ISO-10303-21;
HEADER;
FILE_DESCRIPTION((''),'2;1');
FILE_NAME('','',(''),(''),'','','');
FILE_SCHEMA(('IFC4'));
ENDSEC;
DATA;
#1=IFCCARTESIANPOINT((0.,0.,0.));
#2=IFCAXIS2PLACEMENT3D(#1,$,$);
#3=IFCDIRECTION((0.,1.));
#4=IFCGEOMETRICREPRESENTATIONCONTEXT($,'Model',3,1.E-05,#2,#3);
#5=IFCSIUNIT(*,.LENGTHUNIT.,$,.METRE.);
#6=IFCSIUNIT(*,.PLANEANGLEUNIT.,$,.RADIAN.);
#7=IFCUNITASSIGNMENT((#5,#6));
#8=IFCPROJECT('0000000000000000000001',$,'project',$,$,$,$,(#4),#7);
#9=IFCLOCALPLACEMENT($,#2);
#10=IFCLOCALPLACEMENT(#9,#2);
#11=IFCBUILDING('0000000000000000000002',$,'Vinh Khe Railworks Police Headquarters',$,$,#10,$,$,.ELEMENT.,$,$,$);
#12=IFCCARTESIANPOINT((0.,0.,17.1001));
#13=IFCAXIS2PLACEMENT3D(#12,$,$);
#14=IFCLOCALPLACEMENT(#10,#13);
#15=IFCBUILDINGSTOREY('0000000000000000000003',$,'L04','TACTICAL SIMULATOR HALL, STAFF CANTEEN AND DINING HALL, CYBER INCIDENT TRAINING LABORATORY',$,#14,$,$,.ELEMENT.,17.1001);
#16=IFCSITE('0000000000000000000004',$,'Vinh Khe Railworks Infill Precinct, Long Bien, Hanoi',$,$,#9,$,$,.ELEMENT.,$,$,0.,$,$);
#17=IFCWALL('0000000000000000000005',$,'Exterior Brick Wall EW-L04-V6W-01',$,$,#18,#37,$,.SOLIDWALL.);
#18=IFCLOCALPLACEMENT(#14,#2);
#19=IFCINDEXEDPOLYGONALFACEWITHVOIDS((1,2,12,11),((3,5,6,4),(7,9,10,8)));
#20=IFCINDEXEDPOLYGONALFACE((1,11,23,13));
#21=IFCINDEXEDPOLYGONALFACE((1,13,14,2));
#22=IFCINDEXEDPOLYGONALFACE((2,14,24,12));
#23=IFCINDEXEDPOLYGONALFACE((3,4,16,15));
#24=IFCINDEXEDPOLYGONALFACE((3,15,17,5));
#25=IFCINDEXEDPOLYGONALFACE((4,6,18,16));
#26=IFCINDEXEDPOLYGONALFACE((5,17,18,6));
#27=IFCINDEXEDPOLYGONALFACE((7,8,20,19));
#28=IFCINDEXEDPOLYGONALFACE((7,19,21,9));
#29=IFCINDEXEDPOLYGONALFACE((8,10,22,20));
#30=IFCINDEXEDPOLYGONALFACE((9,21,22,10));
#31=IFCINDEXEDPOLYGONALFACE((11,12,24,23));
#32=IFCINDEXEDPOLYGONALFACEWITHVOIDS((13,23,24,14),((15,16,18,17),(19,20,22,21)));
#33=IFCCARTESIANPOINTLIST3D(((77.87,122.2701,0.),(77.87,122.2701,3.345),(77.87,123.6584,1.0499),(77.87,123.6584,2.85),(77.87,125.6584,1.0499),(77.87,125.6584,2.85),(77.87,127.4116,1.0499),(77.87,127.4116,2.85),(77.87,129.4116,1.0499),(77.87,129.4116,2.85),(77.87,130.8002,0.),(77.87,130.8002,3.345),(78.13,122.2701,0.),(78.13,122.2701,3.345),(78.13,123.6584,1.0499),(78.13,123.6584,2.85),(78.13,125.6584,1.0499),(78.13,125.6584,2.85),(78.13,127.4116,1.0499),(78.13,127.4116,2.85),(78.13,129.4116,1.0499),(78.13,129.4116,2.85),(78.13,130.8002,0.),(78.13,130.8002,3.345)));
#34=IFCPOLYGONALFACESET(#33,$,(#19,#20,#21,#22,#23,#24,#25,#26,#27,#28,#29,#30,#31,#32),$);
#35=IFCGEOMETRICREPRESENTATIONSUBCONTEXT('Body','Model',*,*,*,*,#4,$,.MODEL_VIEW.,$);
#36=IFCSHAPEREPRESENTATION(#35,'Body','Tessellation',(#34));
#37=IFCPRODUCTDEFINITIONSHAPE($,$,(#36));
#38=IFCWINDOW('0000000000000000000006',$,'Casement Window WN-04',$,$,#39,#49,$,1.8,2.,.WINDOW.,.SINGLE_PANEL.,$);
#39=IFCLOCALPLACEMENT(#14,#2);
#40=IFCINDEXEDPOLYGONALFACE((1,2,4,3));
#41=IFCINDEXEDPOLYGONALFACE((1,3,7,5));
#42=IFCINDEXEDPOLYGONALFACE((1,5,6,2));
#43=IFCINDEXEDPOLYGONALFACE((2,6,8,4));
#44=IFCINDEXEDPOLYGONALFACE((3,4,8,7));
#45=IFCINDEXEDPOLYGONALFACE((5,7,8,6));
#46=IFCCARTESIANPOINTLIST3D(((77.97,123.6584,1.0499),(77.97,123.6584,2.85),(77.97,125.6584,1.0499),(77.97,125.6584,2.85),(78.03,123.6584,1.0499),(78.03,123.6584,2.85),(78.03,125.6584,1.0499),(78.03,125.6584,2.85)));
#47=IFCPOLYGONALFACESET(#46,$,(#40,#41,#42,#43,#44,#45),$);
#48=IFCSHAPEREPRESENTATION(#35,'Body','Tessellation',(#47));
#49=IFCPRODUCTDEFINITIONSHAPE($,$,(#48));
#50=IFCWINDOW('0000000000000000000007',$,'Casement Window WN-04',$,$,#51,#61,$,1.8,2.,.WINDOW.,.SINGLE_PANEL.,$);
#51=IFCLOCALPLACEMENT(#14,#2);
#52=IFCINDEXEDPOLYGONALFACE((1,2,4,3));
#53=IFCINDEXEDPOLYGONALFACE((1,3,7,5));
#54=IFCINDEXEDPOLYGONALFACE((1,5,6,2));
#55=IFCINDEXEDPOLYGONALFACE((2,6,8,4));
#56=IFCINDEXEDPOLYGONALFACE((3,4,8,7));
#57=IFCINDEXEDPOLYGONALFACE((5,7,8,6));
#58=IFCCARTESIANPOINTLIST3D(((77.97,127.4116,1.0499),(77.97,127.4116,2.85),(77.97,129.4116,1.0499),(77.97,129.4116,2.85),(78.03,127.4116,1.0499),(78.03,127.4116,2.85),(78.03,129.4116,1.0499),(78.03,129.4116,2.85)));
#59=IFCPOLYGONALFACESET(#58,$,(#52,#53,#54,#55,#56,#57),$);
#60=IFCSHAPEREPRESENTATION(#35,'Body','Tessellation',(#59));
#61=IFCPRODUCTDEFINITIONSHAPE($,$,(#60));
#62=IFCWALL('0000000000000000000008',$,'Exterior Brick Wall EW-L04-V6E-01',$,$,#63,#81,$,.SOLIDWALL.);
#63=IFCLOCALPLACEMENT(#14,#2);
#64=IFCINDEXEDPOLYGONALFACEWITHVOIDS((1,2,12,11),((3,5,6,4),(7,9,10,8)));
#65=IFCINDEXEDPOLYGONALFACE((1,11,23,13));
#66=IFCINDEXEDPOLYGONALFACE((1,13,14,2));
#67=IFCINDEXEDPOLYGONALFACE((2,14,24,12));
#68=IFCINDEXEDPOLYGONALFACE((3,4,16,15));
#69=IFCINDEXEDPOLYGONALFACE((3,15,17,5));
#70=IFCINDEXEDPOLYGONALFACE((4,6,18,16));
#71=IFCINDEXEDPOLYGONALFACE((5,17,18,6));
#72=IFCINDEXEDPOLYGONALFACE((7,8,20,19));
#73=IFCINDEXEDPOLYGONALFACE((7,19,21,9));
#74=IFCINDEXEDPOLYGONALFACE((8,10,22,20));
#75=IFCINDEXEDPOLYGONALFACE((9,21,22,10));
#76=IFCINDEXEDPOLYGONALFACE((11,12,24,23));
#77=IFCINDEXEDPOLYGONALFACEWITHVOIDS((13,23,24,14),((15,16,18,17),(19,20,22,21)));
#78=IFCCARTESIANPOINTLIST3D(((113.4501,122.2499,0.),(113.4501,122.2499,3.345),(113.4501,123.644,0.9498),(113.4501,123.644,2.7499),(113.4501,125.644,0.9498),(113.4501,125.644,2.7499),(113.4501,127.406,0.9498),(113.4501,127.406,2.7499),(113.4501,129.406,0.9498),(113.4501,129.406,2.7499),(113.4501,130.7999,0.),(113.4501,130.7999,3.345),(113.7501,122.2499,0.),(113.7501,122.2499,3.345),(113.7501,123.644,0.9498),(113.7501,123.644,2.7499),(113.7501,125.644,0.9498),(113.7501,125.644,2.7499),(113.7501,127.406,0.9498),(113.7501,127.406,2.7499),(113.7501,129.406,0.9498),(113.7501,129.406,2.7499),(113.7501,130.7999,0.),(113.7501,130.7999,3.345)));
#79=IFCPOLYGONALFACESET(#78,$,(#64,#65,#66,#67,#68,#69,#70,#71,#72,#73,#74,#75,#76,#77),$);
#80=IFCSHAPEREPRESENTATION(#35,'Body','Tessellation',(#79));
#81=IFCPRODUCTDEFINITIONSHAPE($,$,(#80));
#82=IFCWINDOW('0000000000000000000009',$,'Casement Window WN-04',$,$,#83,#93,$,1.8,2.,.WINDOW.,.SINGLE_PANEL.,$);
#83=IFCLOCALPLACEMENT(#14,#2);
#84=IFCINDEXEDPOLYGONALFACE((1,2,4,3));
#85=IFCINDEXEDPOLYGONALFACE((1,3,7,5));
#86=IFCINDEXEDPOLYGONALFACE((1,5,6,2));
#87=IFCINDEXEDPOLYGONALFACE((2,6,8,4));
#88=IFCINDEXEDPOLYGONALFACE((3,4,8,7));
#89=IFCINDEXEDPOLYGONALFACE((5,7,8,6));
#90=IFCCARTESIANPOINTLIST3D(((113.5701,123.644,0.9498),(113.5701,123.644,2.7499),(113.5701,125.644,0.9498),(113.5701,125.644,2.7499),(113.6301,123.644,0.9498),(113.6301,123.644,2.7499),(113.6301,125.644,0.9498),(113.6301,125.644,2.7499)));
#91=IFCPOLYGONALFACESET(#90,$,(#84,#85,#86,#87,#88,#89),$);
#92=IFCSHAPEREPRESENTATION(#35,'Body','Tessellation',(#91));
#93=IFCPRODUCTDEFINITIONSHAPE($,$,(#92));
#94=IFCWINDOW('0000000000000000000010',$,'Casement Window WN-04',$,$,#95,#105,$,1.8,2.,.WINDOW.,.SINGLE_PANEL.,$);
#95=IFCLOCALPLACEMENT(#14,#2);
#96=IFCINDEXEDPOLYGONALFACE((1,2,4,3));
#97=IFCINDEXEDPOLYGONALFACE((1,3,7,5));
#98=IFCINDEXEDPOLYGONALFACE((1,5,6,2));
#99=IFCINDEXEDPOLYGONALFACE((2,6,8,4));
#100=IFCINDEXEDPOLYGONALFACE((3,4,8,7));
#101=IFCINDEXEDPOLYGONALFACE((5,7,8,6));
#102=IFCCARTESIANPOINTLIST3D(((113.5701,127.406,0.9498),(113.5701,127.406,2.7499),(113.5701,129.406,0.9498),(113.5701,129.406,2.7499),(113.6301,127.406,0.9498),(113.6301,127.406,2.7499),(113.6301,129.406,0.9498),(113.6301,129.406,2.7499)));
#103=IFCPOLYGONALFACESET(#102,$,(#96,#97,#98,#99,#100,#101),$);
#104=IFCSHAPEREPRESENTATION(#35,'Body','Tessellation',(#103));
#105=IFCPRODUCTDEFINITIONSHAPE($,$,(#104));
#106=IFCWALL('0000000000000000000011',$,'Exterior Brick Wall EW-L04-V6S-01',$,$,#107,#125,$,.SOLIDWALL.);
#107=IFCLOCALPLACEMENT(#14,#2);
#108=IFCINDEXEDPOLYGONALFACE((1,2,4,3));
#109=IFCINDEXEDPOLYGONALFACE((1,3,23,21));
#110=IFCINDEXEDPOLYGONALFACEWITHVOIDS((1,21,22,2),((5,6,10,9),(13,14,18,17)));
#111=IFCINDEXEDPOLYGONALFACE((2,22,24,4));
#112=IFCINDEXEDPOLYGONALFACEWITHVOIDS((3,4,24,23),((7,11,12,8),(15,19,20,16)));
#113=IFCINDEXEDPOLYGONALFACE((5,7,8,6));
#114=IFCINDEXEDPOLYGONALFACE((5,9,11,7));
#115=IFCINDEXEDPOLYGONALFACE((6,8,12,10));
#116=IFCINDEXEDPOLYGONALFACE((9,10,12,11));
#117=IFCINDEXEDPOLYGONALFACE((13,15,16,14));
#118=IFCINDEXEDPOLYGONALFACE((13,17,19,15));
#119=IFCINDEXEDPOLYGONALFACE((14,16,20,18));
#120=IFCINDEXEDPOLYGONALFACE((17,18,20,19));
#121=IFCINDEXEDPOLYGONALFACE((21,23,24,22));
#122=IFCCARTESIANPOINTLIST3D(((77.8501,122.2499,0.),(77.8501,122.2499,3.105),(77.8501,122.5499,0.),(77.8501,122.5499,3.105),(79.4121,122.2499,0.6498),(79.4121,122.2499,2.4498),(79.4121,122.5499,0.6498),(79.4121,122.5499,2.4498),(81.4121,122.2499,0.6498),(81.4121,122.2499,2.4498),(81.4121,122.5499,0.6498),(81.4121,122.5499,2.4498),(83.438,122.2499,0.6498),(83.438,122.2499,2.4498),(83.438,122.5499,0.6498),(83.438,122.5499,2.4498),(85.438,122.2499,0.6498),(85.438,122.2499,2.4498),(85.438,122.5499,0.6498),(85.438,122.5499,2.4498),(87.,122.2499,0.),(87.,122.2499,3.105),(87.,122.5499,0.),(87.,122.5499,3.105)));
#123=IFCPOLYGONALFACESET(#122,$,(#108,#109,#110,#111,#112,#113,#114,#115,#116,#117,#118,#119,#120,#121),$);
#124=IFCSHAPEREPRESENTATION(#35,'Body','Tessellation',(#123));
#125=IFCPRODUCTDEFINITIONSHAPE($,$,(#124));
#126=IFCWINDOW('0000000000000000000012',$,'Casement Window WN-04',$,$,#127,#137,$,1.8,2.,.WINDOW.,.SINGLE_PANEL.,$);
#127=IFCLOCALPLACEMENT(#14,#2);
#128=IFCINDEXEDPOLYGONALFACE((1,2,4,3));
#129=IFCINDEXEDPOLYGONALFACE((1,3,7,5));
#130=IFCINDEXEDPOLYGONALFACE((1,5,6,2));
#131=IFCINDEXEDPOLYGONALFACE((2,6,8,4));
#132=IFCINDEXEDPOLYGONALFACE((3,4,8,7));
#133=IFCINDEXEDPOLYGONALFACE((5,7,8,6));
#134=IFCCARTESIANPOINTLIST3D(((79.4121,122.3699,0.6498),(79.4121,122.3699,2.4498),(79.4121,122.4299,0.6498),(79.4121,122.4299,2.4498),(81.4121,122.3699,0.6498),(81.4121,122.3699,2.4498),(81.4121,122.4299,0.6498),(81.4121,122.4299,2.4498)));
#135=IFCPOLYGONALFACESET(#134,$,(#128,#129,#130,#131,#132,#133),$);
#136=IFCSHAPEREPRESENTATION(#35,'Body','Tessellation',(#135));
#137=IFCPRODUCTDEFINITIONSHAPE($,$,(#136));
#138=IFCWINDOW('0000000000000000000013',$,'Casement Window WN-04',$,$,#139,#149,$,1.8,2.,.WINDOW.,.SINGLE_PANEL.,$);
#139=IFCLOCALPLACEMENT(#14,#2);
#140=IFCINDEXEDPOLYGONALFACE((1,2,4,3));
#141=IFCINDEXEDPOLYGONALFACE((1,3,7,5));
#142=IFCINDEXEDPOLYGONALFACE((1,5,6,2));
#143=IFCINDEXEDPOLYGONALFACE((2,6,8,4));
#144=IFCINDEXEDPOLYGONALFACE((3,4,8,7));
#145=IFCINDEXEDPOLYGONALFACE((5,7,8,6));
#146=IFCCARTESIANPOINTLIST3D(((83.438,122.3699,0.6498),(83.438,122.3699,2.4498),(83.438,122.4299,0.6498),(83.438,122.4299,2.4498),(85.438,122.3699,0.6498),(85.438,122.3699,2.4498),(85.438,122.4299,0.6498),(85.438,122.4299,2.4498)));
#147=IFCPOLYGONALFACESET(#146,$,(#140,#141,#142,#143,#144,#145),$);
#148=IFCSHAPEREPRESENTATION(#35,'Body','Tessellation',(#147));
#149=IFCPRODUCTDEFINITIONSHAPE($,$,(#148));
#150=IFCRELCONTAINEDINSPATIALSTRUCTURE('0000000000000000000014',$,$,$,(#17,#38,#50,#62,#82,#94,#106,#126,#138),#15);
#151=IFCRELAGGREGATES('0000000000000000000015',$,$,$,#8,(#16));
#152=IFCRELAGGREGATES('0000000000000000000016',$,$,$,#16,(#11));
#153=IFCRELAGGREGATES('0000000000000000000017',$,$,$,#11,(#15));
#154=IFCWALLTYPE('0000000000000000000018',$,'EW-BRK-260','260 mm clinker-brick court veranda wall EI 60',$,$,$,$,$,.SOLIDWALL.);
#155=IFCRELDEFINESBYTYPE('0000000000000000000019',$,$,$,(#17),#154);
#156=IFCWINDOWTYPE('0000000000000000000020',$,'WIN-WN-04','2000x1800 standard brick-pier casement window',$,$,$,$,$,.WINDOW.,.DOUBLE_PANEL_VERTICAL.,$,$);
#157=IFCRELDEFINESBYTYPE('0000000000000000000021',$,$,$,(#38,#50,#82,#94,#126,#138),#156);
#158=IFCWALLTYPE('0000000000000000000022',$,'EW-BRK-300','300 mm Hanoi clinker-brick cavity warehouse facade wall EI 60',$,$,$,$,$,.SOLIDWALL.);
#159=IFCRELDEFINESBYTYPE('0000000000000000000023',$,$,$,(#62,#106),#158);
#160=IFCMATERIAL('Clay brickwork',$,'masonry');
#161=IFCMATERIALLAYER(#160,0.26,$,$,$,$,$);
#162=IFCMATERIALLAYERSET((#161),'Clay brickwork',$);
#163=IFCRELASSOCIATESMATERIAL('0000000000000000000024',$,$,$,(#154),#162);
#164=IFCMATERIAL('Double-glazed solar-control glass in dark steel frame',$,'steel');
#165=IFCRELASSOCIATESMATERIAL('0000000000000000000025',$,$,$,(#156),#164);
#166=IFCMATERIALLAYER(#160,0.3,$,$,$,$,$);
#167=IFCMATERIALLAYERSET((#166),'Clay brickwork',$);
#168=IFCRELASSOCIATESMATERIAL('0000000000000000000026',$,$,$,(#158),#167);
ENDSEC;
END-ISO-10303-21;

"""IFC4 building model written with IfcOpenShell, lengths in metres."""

from ifc_helpers import new_model, si_unit, direction, frame, frame_2d, origin, place, context, subcontext, project, spatial, rectangle, extrude, material, layer, layer_set, type_object, element, fill, save


model = new_model("IFC4")

# Units and contexts
model_context = context("Model", 3, precision=1e-05, world=origin(), true_north=direction((0.0, 1.0)))
body_context = subcontext(model_context, "Body", "Model", "MODEL_VIEW")
ifc_project = project(units=[si_unit("LENGTHUNIT", "METRE"), si_unit("PLANEANGLEUNIT", "RADIAN")], contexts=[model_context])

# Site, building, storey
site_placement = place(None, origin())
site = spatial("IfcSite", under=ifc_project, at=site_placement, Name="Vinh Khe Railworks Infill Precinct, Long Bien, Hanoi", CompositionType="ELEMENT", RefElevation=0.0)
building_placement = place(site_placement, origin())
building = spatial("IfcBuilding", under=site, at=building_placement, Name="Vinh Khe Railworks Police Headquarters", CompositionType="ELEMENT")
storey_placement = place(building_placement, frame((0.0, 0.0, 17.1001)))
storey = spatial("IfcBuildingStorey", under=building, at=storey_placement, Name="L04", Description="TACTICAL SIMULATOR HALL, STAFF CANTEEN AND DINING HALL, CYBER INCIDENT TRAINING LABORATORY", CompositionType="ELEMENT", Elevation=17.1001)

# Walls, openings, windows
ifc_material_1 = material(Name="Clay brickwork", Category="masonry")
ifc_layer_1 = layer(ifc_material_1, 0.26)
ifc_layer_set_1 = layer_set([ifc_layer_1], Name="Clay brickwork")
wall_type_1 = type_object("IfcWallType", Name="EW-BRK-260", Description="260 mm clinker-brick court veranda wall EI 60", PredefinedType="SOLIDWALL", material=ifc_layer_set_1)
wall_1_placement = place(storey_placement, frame((78.0, 122.27, 0.0), z_axis=(0.0, 0.0, 1.0), x_axis=(0.0, 1.0, 0.0)))
wall_1 = element("IfcWall", 1, at=wall_1_placement, inside=storey, type_object=wall_type_1, Name="Exterior Brick Wall EW-L04-V6W-01", PredefinedType="SOLIDWALL", context=body_context, shape_type="SweptSolid", body=[
    extrude(rectangle(XDim=8.53, YDim=0.26, at=frame_2d((4.2651, 0.0))), origin(), (0.0, 0.0, 1.0), 3.345),
])
opening_1_placement = place(wall_1_placement, frame((1.3884, 0.0, 1.05)))
opening_1 = element("IfcOpeningElement", 2, at=opening_1_placement, cuts=wall_1, PredefinedType="OPENING", context=body_context, shape_type="SweptSolid", body=[
    extrude(rectangle(XDim=2.0, YDim=1.8, at=frame_2d((1.0, 0.8999))), frame((0.0, 0.145, 0.0), z_axis=(0.0, -1.0, 0.0), x_axis=(1.0, 0.0, 0.0)), (0.0, 0.0, 1.0), 0.2898),
])
opening_2_placement = place(wall_1_placement, frame((5.1416, 0.0, 1.05)))
opening_2 = element("IfcOpeningElement", 3, at=opening_2_placement, cuts=wall_1, PredefinedType="OPENING", context=body_context, shape_type="SweptSolid", body=[
    extrude(rectangle(XDim=2.0, YDim=1.8, at=frame_2d((1.0, 0.8999))), frame((0.0, 0.145, 0.0), z_axis=(0.0, -1.0, 0.0), x_axis=(1.0, 0.0, 0.0)), (0.0, 0.0, 1.0), 0.2898),
])
ifc_material_2 = material(Name="Double-glazed solar-control glass in dark steel frame", Category="steel")
window_type = type_object("IfcWindowType", Name="WIN-WN-04", Description="2000x1800 standard brick-pier casement window", PartitioningType="DOUBLE_PANEL_VERTICAL", PredefinedType="WINDOW", material=ifc_material_2)
window_1_placement = place(opening_1_placement, origin())
window_1 = element("IfcWindow", 4, at=window_1_placement, inside=storey, type_object=window_type, Name="Casement Window WN-04", OverallHeight=1.8, OverallWidth=2.0, PartitioningType="SINGLE_PANEL", PredefinedType="WINDOW", context=body_context, shape_type="SweptSolid", body=[
    extrude(rectangle(XDim=2.0, YDim=1.8, at=frame_2d((1.0, 0.8999))), frame((0.0, 0.03, 0.0), z_axis=(0.0, -1.0, 0.0), x_axis=(1.0, 0.0, 0.0)), (0.0, 0.0, 1.0), 0.0601),
])
fill(opening_1, window_1)
window_2_placement = place(opening_2_placement, origin())
window_2 = element("IfcWindow", 5, at=window_2_placement, inside=storey, type_object=window_type, Name="Casement Window WN-04", OverallHeight=1.8, OverallWidth=2.0, PartitioningType="SINGLE_PANEL", PredefinedType="WINDOW", context=body_context, shape_type="SweptSolid", body=[
    extrude(rectangle(XDim=2.0, YDim=1.8, at=frame_2d((1.0, 0.8999))), frame((0.0, 0.03, 0.0), z_axis=(0.0, -1.0, 0.0), x_axis=(1.0, 0.0, 0.0)), (0.0, 0.0, 1.0), 0.0601),
])
fill(opening_2, window_2)
ifc_layer_2 = layer(ifc_material_1, 0.3)
ifc_layer_set_2 = layer_set([ifc_layer_2], Name="Clay brickwork")
wall_type_2 = type_object("IfcWallType", Name="EW-BRK-300", Description="300 mm Hanoi clinker-brick cavity warehouse facade wall EI 60", PredefinedType="SOLIDWALL", material=ifc_layer_set_2)
wall_2_placement = place(storey_placement, frame((113.6001, 122.25, 0.0), z_axis=(0.0, 0.0, 1.0), x_axis=(0.0, 1.0, 0.0)))
wall_2 = element("IfcWall", 6, at=wall_2_placement, inside=storey, type_object=wall_type_2, Name="Exterior Brick Wall EW-L04-V6E-01", PredefinedType="SOLIDWALL", context=body_context, shape_type="SweptSolid", body=[
    extrude(rectangle(XDim=8.55, YDim=0.3, at=frame_2d((4.2749, 0.0))), origin(), (0.0, 0.0, 1.0), 3.345),
])
opening_3_placement = place(wall_2_placement, frame((1.394, 0.0, 0.95)))
opening_3 = element("IfcOpeningElement", 7, at=opening_3_placement, cuts=wall_2, PredefinedType="OPENING", context=body_context, shape_type="SweptSolid", body=[
    extrude(rectangle(XDim=2.0, YDim=1.8, at=frame_2d((1.0, 0.8999))), frame((0.0, 0.165, 0.0), z_axis=(0.0, -1.0, 0.0), x_axis=(1.0, 0.0, 0.0)), (0.0, 0.0, 1.0), 0.3298),
])
opening_4_placement = place(wall_2_placement, frame((5.156, 0.0, 0.95)))
opening_4 = element("IfcOpeningElement", 8, at=opening_4_placement, cuts=wall_2, PredefinedType="OPENING", context=body_context, shape_type="SweptSolid", body=[
    extrude(rectangle(XDim=2.0, YDim=1.8, at=frame_2d((1.0, 0.8999))), frame((0.0, 0.165, 0.0), z_axis=(0.0, -1.0, 0.0), x_axis=(1.0, 0.0, 0.0)), (0.0, 0.0, 1.0), 0.3298),
])
window_3_placement = place(opening_3_placement, origin())
window_3 = element("IfcWindow", 9, at=window_3_placement, inside=storey, type_object=window_type, Name="Casement Window WN-04", OverallHeight=1.8, OverallWidth=2.0, PartitioningType="SINGLE_PANEL", PredefinedType="WINDOW", context=body_context, shape_type="SweptSolid", body=[
    extrude(rectangle(XDim=2.0, YDim=1.8, at=frame_2d((1.0, 0.8999))), frame((0.0, 0.03, 0.0), z_axis=(0.0, -1.0, 0.0), x_axis=(1.0, 0.0, 0.0)), (0.0, 0.0, 1.0), 0.0601),
])
fill(opening_3, window_3)
window_4_placement = place(opening_4_placement, origin())
window_4 = element("IfcWindow", 10, at=window_4_placement, inside=storey, type_object=window_type, Name="Casement Window WN-04", OverallHeight=1.8, OverallWidth=2.0, PartitioningType="SINGLE_PANEL", PredefinedType="WINDOW", context=body_context, shape_type="SweptSolid", body=[
    extrude(rectangle(XDim=2.0, YDim=1.8, at=frame_2d((1.0, 0.8999))), frame((0.0, 0.03, 0.0), z_axis=(0.0, -1.0, 0.0), x_axis=(1.0, 0.0, 0.0)), (0.0, 0.0, 1.0), 0.0601),
])
fill(opening_4, window_4)
wall_3_placement = place(storey_placement, frame((77.8501, 122.3999, 0.0), z_axis=(0.0, 0.0, 1.0), x_axis=(1.0, 0.0, 0.0)))
wall_3 = element("IfcWall", 11, at=wall_3_placement, inside=storey, type_object=wall_type_2, Name="Exterior Brick Wall EW-L04-V6S-01", PredefinedType="SOLIDWALL", context=body_context, shape_type="SweptSolid", body=[
    extrude(rectangle(XDim=9.1499, YDim=0.3, at=frame_2d((4.575, 0.0))), origin(), (0.0, 0.0, 1.0), 3.105),
])
opening_5_placement = place(wall_3_placement, frame((1.562, 0.0, 0.6499)))
opening_5 = element("IfcOpeningElement", 12, at=opening_5_placement, cuts=wall_3, PredefinedType="OPENING", context=body_context, shape_type="SweptSolid", body=[
    extrude(rectangle(XDim=2.0, YDim=1.8, at=frame_2d((1.0, 0.8999))), frame((0.0, 0.165, 0.0), z_axis=(0.0, -1.0, 0.0), x_axis=(1.0, 0.0, 0.0)), (0.0, 0.0, 1.0), 0.3298),
])
opening_6_placement = place(wall_3_placement, frame((5.5879, 0.0, 0.6499)))
opening_6 = element("IfcOpeningElement", 13, at=opening_6_placement, cuts=wall_3, PredefinedType="OPENING", context=body_context, shape_type="SweptSolid", body=[
    extrude(rectangle(XDim=2.0, YDim=1.8, at=frame_2d((1.0, 0.8999))), frame((0.0, 0.165, 0.0), z_axis=(0.0, -1.0, 0.0), x_axis=(1.0, 0.0, 0.0)), (0.0, 0.0, 1.0), 0.3298),
])
window_5_placement = place(opening_5_placement, origin())
window_5 = element("IfcWindow", 14, at=window_5_placement, inside=storey, type_object=window_type, Name="Casement Window WN-04", OverallHeight=1.8, OverallWidth=2.0, PartitioningType="SINGLE_PANEL", PredefinedType="WINDOW", context=body_context, shape_type="SweptSolid", body=[
    extrude(rectangle(XDim=2.0, YDim=1.8, at=frame_2d((1.0, 0.8999))), frame((0.0, 0.03, 0.0), z_axis=(0.0, -1.0, 0.0), x_axis=(1.0, 0.0, 0.0)), (0.0, 0.0, 1.0), 0.0601),
])
fill(opening_5, window_5)
window_6_placement = place(opening_6_placement, origin())
window_6 = element("IfcWindow", 15, at=window_6_placement, inside=storey, type_object=window_type, Name="Casement Window WN-04", OverallHeight=1.8, OverallWidth=2.0, PartitioningType="SINGLE_PANEL", PredefinedType="WINDOW", context=body_context, shape_type="SweptSolid", body=[
    extrude(rectangle(XDim=2.0, YDim=1.8, at=frame_2d((1.0, 0.8999))), frame((0.0, 0.03, 0.0), z_axis=(0.0, -1.0, 0.0), x_axis=(1.0, 0.0, 0.0)), (0.0, 0.0, 1.0), 0.0601),
])
fill(opening_6, window_6)

save(model, "model.ifc")
